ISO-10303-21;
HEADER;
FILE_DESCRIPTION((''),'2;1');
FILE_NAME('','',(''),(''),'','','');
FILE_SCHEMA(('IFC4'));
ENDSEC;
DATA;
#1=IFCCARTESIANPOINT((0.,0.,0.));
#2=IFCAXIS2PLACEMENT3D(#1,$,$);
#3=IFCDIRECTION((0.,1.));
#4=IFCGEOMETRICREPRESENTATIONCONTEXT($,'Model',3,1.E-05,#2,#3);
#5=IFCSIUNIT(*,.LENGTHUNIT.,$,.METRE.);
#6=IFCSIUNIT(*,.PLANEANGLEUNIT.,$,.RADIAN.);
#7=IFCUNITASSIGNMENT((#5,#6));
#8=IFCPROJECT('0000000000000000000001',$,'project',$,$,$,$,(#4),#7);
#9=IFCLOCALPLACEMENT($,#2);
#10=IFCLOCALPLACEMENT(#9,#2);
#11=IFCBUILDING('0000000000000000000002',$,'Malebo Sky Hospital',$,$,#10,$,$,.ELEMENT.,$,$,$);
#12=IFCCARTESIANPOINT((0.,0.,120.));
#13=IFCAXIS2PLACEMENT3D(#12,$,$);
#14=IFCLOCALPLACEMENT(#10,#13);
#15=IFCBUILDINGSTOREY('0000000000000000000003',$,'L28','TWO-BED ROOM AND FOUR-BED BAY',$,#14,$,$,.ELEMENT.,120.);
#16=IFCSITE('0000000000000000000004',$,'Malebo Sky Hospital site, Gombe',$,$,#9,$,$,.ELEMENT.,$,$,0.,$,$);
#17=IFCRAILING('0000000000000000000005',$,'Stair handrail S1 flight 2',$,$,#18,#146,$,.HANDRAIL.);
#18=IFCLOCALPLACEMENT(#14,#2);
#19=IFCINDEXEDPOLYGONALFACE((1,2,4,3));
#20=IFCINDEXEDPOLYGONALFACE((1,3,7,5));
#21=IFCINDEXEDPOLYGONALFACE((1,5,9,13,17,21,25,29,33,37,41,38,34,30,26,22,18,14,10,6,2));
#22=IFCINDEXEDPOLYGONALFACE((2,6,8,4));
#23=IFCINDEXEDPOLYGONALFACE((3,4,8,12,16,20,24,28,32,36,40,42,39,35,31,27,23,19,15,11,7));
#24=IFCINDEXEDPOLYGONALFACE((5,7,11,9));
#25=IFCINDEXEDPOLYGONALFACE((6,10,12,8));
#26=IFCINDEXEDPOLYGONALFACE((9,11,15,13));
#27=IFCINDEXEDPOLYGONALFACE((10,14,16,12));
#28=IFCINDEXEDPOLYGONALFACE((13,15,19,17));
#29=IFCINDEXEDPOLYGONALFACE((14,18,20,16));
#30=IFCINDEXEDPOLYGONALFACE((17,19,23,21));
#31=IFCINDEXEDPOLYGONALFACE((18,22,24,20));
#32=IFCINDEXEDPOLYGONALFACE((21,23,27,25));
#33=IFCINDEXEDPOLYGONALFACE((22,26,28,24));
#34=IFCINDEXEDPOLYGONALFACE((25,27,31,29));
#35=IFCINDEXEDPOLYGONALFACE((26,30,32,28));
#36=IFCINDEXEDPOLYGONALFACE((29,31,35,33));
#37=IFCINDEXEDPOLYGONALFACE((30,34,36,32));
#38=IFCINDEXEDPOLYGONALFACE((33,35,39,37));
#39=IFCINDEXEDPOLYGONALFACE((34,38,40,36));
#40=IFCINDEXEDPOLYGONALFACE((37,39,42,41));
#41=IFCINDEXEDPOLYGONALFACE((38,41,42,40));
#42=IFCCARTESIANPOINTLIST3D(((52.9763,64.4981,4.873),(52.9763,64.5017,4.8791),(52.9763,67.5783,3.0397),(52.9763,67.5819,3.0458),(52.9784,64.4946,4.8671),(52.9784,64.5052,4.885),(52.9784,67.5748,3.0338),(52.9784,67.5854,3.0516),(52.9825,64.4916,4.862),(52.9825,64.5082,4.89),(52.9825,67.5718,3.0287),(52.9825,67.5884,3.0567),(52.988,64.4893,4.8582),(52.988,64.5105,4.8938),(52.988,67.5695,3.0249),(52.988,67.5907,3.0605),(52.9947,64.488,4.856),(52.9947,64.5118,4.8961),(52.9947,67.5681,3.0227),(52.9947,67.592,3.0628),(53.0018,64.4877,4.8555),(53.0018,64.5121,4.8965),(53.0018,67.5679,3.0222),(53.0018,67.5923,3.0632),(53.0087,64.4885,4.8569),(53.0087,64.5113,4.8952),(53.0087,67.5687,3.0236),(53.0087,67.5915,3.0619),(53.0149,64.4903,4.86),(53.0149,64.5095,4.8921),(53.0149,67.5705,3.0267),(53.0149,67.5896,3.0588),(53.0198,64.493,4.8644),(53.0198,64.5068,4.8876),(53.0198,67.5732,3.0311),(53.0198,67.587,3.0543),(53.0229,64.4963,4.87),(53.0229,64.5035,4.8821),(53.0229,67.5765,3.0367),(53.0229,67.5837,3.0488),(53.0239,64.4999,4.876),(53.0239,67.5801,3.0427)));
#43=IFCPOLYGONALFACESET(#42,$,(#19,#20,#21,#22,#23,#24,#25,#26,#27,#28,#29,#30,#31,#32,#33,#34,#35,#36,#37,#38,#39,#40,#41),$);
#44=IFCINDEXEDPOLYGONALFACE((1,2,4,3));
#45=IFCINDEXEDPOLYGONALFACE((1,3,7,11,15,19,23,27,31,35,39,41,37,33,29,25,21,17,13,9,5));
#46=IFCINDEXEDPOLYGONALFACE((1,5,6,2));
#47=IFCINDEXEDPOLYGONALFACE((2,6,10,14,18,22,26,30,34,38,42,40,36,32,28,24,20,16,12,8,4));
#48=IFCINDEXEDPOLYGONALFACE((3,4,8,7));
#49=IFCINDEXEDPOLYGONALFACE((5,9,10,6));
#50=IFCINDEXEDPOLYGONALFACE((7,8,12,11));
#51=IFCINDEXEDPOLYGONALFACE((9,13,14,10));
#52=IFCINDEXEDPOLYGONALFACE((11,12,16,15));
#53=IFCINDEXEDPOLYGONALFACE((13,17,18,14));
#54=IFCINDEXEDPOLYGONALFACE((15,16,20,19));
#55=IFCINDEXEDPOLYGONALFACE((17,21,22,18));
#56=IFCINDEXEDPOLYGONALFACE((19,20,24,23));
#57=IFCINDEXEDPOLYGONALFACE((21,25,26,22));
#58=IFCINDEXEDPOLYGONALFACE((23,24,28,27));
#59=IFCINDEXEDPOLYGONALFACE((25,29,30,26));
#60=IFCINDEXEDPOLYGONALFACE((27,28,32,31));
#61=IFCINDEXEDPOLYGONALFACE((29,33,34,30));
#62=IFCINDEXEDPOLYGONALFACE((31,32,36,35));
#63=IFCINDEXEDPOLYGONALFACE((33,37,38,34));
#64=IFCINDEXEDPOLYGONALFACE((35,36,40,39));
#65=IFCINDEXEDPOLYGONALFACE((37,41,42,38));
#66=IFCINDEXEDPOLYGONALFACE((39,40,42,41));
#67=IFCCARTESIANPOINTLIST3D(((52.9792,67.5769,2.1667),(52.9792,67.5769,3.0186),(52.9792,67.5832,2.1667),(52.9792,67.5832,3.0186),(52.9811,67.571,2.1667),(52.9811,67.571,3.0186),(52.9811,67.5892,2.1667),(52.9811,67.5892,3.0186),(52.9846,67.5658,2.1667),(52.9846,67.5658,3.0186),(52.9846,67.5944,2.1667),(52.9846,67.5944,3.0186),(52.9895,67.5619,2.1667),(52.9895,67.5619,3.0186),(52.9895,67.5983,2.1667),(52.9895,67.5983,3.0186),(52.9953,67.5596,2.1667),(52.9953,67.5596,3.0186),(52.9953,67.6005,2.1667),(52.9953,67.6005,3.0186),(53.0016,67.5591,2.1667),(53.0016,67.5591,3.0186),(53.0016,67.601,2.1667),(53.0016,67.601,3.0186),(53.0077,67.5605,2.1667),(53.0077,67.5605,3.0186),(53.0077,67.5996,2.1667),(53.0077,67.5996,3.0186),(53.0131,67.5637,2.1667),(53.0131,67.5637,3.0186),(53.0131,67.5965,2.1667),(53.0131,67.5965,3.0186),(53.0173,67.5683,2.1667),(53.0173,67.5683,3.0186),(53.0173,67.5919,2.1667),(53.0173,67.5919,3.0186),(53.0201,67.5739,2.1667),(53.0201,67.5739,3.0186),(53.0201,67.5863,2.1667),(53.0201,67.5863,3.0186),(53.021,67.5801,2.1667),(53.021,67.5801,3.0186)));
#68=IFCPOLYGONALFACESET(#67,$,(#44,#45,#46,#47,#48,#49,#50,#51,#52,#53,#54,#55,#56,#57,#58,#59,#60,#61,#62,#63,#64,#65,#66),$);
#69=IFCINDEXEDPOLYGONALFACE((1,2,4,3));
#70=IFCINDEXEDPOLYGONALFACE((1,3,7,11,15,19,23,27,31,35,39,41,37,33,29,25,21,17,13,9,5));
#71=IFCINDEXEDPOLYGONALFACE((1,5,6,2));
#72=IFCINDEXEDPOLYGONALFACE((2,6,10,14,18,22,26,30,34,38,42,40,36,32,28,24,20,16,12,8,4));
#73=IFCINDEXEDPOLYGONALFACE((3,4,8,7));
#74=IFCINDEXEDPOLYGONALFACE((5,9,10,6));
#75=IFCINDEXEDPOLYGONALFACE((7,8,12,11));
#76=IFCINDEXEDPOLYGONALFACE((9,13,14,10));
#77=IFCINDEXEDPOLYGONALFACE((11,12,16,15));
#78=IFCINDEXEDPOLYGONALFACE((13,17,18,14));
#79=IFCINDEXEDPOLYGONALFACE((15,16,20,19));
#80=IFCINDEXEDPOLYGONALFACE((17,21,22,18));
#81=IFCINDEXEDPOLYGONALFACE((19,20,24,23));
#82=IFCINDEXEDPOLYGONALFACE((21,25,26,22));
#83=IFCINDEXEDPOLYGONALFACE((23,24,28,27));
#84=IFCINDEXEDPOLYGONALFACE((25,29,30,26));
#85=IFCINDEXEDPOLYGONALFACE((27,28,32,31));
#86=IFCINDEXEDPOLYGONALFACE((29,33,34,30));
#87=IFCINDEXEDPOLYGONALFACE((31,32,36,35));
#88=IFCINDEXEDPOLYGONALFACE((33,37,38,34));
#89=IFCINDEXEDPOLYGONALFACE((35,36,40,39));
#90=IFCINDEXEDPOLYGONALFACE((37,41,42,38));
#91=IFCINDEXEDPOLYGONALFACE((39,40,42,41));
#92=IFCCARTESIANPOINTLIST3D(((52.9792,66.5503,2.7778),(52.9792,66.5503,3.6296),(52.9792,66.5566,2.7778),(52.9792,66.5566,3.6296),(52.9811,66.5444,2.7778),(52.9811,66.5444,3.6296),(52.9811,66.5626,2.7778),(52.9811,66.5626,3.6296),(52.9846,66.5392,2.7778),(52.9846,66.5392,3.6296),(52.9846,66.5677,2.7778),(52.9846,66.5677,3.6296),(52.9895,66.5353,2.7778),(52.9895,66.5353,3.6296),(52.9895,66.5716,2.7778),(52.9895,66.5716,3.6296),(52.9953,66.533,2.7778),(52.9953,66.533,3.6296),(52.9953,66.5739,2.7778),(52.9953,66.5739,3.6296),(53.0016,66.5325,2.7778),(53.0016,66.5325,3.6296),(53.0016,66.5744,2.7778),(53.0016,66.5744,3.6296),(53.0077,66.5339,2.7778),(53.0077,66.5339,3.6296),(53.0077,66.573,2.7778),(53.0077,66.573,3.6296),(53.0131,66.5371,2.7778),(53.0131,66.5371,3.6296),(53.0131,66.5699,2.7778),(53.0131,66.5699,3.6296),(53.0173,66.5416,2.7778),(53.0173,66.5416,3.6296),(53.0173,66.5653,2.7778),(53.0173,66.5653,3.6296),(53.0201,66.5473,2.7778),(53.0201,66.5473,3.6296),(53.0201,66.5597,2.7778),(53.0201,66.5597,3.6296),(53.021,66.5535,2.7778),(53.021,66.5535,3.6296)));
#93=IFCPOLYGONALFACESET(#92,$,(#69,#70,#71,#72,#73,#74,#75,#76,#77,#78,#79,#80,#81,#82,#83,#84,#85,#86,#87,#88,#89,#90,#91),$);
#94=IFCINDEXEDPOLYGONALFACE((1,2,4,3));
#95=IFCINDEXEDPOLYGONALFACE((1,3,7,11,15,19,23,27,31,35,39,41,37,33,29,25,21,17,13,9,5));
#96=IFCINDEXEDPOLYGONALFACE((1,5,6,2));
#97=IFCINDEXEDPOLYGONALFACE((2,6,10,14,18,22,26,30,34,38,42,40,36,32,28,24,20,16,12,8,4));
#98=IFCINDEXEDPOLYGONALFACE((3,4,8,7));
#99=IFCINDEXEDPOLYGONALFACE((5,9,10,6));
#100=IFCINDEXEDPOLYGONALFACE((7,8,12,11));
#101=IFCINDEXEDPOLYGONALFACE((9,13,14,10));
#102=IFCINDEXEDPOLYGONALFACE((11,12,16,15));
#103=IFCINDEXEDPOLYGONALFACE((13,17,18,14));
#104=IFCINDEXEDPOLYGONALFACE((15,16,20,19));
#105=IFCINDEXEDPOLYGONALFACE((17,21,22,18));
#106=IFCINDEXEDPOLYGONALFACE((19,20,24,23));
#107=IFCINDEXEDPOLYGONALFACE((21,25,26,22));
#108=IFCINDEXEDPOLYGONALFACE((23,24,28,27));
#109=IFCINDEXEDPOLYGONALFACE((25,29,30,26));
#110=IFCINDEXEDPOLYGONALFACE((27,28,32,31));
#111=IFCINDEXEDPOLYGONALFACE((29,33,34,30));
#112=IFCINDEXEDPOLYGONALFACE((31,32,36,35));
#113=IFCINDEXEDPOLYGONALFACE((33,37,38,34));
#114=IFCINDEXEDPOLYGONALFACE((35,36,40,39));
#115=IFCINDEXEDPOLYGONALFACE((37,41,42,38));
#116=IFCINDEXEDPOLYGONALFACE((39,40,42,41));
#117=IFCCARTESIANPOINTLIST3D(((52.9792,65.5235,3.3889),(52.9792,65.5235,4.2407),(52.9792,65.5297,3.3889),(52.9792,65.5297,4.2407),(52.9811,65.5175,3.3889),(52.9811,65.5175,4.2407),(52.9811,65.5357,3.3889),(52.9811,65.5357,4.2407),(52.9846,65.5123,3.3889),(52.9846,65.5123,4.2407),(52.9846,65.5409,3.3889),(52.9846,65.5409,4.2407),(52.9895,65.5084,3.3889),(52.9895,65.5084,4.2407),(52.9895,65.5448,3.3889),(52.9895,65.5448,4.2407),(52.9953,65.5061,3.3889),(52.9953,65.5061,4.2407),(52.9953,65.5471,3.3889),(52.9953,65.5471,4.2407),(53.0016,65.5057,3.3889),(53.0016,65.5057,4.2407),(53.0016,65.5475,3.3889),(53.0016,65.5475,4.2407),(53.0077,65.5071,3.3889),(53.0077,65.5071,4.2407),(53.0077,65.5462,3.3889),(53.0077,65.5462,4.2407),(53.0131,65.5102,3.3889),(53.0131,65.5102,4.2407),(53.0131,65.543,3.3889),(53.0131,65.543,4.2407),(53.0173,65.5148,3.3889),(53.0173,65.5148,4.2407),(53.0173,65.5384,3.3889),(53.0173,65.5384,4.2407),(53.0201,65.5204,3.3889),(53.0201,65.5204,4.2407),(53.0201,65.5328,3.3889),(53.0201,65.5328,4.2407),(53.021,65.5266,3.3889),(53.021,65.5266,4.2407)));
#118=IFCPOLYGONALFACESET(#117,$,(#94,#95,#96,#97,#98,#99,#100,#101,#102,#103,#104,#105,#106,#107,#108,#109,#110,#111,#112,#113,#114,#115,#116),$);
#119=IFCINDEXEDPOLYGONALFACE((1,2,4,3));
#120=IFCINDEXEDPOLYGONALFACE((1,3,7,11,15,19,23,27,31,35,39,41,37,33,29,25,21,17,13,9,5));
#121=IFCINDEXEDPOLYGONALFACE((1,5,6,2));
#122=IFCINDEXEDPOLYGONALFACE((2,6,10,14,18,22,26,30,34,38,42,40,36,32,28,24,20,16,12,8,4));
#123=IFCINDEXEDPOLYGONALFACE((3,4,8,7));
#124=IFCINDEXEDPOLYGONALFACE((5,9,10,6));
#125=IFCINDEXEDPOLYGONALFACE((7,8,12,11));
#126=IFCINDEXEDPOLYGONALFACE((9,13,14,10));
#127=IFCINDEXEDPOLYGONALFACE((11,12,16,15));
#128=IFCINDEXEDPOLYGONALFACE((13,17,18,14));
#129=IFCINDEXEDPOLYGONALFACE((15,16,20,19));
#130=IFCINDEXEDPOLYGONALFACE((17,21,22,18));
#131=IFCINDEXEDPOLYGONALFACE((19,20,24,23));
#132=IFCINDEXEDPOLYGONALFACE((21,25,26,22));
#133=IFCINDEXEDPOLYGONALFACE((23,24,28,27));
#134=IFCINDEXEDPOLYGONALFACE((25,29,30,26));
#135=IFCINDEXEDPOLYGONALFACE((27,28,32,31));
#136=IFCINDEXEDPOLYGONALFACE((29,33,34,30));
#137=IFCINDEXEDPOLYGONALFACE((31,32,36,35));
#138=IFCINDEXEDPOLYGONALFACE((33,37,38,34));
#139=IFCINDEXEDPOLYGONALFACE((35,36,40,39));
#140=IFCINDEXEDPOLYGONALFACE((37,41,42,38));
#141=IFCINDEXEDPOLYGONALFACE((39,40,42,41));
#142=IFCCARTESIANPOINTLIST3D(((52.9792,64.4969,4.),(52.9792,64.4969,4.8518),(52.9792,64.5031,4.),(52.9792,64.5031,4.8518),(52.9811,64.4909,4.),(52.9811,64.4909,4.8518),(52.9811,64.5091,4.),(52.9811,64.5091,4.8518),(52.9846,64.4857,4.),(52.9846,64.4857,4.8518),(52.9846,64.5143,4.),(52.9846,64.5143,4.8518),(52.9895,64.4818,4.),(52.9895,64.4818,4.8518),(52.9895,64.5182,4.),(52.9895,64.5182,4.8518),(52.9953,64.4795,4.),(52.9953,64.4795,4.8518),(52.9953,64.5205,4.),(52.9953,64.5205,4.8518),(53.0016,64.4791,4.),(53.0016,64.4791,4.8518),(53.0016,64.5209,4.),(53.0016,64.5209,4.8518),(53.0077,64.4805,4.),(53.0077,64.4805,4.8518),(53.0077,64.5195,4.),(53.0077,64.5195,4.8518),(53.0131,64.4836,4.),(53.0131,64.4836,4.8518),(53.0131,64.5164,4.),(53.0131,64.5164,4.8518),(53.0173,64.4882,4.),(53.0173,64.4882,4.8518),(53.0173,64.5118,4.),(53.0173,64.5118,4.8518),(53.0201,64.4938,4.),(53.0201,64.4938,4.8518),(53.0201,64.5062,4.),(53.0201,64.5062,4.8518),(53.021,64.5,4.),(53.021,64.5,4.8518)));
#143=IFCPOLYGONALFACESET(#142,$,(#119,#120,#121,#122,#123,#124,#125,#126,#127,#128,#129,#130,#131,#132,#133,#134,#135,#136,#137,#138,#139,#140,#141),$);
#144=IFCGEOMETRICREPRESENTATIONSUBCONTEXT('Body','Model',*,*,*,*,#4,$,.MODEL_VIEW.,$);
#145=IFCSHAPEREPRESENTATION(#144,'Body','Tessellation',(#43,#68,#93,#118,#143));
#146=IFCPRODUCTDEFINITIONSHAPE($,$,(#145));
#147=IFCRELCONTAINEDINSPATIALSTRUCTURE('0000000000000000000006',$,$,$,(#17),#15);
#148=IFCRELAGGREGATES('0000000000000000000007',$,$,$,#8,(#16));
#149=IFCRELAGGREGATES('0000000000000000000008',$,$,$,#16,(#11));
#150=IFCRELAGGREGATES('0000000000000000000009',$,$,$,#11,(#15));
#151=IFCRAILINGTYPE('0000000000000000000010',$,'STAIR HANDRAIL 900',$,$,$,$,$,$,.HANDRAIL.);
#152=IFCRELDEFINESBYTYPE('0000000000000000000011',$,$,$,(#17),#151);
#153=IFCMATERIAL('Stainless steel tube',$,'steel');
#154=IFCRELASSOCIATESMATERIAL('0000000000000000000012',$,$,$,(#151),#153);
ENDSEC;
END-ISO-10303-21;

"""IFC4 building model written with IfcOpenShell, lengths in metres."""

from ifc_helpers import new_model, si_unit, direction, frame, origin, origin_2d, place, context, subcontext, project, spatial, circle, extrude, material, type_object, element, save


model = new_model("IFC4")

# Units and contexts
model_context = context("Model", 3, precision=1e-05, world=origin(), true_north=direction((0.0, 1.0)))
body_context = subcontext(model_context, "Body", "Model", "MODEL_VIEW")
ifc_project = project(units=[si_unit("LENGTHUNIT", "METRE"), si_unit("PLANEANGLEUNIT", "RADIAN")], contexts=[model_context])

# Site, building, storey
site_placement = place(None, origin())
site = spatial("IfcSite", under=ifc_project, at=site_placement, Name="Malebo Sky Hospital site, Gombe", CompositionType="ELEMENT", RefElevation=0.0)
building_placement = place(site_placement, origin())
building = spatial("IfcBuilding", under=site, at=building_placement, Name="Malebo Sky Hospital", CompositionType="ELEMENT")
storey_placement = place(building_placement, frame((0.0, 0.0, 120.0)))
storey = spatial("IfcBuildingStorey", under=building, at=storey_placement, Name="L28", Description="TWO-BED ROOM AND FOUR-BED BAY", CompositionType="ELEMENT", Elevation=120.0)

# Railing
ifc_material_1 = material(Name="Stainless steel tube", Category="steel")
railing_type = type_object("IfcRailingType", Name="STAIR HANDRAIL 900", PredefinedType="HANDRAIL", material=ifc_material_1)
railing_1_placement = place(storey_placement, frame((53.0, 67.5801, 2.1667)))
element("IfcRailing", 1, at=railing_1_placement, inside=storey, type_object=railing_type, Name="Stair handrail S1 flight 2", PredefinedType="HANDRAIL", context=body_context, shape_type="SweptSolid", body=[
    extrude(circle(Radius=0.0239, at=origin_2d()), frame((0.0, 0.0, 0.876), z_axis=(0.0, -0.859309, 0.511458), x_axis=(1.0, 0.0, 0.0)), (0.0, 0.0, 1.0), 3.5845),
    extrude(circle(Radius=0.021, at=origin_2d()), origin(), (0.0, 0.0, 1.0), 0.8518),
    extrude(circle(Radius=0.021, at=origin_2d()), frame((0.0, -1.0266, 0.6111)), (0.0, 0.0, 1.0), 0.8518),
    extrude(circle(Radius=0.021, at=origin_2d()), frame((0.0, -2.0535, 1.2222)), (0.0, 0.0, 1.0), 0.8518),
    extrude(circle(Radius=0.021, at=origin_2d()), frame((0.0, -3.0801, 1.8333)), (0.0, 0.0, 1.0), 0.8518),
])

save(model, "model.ifc")
